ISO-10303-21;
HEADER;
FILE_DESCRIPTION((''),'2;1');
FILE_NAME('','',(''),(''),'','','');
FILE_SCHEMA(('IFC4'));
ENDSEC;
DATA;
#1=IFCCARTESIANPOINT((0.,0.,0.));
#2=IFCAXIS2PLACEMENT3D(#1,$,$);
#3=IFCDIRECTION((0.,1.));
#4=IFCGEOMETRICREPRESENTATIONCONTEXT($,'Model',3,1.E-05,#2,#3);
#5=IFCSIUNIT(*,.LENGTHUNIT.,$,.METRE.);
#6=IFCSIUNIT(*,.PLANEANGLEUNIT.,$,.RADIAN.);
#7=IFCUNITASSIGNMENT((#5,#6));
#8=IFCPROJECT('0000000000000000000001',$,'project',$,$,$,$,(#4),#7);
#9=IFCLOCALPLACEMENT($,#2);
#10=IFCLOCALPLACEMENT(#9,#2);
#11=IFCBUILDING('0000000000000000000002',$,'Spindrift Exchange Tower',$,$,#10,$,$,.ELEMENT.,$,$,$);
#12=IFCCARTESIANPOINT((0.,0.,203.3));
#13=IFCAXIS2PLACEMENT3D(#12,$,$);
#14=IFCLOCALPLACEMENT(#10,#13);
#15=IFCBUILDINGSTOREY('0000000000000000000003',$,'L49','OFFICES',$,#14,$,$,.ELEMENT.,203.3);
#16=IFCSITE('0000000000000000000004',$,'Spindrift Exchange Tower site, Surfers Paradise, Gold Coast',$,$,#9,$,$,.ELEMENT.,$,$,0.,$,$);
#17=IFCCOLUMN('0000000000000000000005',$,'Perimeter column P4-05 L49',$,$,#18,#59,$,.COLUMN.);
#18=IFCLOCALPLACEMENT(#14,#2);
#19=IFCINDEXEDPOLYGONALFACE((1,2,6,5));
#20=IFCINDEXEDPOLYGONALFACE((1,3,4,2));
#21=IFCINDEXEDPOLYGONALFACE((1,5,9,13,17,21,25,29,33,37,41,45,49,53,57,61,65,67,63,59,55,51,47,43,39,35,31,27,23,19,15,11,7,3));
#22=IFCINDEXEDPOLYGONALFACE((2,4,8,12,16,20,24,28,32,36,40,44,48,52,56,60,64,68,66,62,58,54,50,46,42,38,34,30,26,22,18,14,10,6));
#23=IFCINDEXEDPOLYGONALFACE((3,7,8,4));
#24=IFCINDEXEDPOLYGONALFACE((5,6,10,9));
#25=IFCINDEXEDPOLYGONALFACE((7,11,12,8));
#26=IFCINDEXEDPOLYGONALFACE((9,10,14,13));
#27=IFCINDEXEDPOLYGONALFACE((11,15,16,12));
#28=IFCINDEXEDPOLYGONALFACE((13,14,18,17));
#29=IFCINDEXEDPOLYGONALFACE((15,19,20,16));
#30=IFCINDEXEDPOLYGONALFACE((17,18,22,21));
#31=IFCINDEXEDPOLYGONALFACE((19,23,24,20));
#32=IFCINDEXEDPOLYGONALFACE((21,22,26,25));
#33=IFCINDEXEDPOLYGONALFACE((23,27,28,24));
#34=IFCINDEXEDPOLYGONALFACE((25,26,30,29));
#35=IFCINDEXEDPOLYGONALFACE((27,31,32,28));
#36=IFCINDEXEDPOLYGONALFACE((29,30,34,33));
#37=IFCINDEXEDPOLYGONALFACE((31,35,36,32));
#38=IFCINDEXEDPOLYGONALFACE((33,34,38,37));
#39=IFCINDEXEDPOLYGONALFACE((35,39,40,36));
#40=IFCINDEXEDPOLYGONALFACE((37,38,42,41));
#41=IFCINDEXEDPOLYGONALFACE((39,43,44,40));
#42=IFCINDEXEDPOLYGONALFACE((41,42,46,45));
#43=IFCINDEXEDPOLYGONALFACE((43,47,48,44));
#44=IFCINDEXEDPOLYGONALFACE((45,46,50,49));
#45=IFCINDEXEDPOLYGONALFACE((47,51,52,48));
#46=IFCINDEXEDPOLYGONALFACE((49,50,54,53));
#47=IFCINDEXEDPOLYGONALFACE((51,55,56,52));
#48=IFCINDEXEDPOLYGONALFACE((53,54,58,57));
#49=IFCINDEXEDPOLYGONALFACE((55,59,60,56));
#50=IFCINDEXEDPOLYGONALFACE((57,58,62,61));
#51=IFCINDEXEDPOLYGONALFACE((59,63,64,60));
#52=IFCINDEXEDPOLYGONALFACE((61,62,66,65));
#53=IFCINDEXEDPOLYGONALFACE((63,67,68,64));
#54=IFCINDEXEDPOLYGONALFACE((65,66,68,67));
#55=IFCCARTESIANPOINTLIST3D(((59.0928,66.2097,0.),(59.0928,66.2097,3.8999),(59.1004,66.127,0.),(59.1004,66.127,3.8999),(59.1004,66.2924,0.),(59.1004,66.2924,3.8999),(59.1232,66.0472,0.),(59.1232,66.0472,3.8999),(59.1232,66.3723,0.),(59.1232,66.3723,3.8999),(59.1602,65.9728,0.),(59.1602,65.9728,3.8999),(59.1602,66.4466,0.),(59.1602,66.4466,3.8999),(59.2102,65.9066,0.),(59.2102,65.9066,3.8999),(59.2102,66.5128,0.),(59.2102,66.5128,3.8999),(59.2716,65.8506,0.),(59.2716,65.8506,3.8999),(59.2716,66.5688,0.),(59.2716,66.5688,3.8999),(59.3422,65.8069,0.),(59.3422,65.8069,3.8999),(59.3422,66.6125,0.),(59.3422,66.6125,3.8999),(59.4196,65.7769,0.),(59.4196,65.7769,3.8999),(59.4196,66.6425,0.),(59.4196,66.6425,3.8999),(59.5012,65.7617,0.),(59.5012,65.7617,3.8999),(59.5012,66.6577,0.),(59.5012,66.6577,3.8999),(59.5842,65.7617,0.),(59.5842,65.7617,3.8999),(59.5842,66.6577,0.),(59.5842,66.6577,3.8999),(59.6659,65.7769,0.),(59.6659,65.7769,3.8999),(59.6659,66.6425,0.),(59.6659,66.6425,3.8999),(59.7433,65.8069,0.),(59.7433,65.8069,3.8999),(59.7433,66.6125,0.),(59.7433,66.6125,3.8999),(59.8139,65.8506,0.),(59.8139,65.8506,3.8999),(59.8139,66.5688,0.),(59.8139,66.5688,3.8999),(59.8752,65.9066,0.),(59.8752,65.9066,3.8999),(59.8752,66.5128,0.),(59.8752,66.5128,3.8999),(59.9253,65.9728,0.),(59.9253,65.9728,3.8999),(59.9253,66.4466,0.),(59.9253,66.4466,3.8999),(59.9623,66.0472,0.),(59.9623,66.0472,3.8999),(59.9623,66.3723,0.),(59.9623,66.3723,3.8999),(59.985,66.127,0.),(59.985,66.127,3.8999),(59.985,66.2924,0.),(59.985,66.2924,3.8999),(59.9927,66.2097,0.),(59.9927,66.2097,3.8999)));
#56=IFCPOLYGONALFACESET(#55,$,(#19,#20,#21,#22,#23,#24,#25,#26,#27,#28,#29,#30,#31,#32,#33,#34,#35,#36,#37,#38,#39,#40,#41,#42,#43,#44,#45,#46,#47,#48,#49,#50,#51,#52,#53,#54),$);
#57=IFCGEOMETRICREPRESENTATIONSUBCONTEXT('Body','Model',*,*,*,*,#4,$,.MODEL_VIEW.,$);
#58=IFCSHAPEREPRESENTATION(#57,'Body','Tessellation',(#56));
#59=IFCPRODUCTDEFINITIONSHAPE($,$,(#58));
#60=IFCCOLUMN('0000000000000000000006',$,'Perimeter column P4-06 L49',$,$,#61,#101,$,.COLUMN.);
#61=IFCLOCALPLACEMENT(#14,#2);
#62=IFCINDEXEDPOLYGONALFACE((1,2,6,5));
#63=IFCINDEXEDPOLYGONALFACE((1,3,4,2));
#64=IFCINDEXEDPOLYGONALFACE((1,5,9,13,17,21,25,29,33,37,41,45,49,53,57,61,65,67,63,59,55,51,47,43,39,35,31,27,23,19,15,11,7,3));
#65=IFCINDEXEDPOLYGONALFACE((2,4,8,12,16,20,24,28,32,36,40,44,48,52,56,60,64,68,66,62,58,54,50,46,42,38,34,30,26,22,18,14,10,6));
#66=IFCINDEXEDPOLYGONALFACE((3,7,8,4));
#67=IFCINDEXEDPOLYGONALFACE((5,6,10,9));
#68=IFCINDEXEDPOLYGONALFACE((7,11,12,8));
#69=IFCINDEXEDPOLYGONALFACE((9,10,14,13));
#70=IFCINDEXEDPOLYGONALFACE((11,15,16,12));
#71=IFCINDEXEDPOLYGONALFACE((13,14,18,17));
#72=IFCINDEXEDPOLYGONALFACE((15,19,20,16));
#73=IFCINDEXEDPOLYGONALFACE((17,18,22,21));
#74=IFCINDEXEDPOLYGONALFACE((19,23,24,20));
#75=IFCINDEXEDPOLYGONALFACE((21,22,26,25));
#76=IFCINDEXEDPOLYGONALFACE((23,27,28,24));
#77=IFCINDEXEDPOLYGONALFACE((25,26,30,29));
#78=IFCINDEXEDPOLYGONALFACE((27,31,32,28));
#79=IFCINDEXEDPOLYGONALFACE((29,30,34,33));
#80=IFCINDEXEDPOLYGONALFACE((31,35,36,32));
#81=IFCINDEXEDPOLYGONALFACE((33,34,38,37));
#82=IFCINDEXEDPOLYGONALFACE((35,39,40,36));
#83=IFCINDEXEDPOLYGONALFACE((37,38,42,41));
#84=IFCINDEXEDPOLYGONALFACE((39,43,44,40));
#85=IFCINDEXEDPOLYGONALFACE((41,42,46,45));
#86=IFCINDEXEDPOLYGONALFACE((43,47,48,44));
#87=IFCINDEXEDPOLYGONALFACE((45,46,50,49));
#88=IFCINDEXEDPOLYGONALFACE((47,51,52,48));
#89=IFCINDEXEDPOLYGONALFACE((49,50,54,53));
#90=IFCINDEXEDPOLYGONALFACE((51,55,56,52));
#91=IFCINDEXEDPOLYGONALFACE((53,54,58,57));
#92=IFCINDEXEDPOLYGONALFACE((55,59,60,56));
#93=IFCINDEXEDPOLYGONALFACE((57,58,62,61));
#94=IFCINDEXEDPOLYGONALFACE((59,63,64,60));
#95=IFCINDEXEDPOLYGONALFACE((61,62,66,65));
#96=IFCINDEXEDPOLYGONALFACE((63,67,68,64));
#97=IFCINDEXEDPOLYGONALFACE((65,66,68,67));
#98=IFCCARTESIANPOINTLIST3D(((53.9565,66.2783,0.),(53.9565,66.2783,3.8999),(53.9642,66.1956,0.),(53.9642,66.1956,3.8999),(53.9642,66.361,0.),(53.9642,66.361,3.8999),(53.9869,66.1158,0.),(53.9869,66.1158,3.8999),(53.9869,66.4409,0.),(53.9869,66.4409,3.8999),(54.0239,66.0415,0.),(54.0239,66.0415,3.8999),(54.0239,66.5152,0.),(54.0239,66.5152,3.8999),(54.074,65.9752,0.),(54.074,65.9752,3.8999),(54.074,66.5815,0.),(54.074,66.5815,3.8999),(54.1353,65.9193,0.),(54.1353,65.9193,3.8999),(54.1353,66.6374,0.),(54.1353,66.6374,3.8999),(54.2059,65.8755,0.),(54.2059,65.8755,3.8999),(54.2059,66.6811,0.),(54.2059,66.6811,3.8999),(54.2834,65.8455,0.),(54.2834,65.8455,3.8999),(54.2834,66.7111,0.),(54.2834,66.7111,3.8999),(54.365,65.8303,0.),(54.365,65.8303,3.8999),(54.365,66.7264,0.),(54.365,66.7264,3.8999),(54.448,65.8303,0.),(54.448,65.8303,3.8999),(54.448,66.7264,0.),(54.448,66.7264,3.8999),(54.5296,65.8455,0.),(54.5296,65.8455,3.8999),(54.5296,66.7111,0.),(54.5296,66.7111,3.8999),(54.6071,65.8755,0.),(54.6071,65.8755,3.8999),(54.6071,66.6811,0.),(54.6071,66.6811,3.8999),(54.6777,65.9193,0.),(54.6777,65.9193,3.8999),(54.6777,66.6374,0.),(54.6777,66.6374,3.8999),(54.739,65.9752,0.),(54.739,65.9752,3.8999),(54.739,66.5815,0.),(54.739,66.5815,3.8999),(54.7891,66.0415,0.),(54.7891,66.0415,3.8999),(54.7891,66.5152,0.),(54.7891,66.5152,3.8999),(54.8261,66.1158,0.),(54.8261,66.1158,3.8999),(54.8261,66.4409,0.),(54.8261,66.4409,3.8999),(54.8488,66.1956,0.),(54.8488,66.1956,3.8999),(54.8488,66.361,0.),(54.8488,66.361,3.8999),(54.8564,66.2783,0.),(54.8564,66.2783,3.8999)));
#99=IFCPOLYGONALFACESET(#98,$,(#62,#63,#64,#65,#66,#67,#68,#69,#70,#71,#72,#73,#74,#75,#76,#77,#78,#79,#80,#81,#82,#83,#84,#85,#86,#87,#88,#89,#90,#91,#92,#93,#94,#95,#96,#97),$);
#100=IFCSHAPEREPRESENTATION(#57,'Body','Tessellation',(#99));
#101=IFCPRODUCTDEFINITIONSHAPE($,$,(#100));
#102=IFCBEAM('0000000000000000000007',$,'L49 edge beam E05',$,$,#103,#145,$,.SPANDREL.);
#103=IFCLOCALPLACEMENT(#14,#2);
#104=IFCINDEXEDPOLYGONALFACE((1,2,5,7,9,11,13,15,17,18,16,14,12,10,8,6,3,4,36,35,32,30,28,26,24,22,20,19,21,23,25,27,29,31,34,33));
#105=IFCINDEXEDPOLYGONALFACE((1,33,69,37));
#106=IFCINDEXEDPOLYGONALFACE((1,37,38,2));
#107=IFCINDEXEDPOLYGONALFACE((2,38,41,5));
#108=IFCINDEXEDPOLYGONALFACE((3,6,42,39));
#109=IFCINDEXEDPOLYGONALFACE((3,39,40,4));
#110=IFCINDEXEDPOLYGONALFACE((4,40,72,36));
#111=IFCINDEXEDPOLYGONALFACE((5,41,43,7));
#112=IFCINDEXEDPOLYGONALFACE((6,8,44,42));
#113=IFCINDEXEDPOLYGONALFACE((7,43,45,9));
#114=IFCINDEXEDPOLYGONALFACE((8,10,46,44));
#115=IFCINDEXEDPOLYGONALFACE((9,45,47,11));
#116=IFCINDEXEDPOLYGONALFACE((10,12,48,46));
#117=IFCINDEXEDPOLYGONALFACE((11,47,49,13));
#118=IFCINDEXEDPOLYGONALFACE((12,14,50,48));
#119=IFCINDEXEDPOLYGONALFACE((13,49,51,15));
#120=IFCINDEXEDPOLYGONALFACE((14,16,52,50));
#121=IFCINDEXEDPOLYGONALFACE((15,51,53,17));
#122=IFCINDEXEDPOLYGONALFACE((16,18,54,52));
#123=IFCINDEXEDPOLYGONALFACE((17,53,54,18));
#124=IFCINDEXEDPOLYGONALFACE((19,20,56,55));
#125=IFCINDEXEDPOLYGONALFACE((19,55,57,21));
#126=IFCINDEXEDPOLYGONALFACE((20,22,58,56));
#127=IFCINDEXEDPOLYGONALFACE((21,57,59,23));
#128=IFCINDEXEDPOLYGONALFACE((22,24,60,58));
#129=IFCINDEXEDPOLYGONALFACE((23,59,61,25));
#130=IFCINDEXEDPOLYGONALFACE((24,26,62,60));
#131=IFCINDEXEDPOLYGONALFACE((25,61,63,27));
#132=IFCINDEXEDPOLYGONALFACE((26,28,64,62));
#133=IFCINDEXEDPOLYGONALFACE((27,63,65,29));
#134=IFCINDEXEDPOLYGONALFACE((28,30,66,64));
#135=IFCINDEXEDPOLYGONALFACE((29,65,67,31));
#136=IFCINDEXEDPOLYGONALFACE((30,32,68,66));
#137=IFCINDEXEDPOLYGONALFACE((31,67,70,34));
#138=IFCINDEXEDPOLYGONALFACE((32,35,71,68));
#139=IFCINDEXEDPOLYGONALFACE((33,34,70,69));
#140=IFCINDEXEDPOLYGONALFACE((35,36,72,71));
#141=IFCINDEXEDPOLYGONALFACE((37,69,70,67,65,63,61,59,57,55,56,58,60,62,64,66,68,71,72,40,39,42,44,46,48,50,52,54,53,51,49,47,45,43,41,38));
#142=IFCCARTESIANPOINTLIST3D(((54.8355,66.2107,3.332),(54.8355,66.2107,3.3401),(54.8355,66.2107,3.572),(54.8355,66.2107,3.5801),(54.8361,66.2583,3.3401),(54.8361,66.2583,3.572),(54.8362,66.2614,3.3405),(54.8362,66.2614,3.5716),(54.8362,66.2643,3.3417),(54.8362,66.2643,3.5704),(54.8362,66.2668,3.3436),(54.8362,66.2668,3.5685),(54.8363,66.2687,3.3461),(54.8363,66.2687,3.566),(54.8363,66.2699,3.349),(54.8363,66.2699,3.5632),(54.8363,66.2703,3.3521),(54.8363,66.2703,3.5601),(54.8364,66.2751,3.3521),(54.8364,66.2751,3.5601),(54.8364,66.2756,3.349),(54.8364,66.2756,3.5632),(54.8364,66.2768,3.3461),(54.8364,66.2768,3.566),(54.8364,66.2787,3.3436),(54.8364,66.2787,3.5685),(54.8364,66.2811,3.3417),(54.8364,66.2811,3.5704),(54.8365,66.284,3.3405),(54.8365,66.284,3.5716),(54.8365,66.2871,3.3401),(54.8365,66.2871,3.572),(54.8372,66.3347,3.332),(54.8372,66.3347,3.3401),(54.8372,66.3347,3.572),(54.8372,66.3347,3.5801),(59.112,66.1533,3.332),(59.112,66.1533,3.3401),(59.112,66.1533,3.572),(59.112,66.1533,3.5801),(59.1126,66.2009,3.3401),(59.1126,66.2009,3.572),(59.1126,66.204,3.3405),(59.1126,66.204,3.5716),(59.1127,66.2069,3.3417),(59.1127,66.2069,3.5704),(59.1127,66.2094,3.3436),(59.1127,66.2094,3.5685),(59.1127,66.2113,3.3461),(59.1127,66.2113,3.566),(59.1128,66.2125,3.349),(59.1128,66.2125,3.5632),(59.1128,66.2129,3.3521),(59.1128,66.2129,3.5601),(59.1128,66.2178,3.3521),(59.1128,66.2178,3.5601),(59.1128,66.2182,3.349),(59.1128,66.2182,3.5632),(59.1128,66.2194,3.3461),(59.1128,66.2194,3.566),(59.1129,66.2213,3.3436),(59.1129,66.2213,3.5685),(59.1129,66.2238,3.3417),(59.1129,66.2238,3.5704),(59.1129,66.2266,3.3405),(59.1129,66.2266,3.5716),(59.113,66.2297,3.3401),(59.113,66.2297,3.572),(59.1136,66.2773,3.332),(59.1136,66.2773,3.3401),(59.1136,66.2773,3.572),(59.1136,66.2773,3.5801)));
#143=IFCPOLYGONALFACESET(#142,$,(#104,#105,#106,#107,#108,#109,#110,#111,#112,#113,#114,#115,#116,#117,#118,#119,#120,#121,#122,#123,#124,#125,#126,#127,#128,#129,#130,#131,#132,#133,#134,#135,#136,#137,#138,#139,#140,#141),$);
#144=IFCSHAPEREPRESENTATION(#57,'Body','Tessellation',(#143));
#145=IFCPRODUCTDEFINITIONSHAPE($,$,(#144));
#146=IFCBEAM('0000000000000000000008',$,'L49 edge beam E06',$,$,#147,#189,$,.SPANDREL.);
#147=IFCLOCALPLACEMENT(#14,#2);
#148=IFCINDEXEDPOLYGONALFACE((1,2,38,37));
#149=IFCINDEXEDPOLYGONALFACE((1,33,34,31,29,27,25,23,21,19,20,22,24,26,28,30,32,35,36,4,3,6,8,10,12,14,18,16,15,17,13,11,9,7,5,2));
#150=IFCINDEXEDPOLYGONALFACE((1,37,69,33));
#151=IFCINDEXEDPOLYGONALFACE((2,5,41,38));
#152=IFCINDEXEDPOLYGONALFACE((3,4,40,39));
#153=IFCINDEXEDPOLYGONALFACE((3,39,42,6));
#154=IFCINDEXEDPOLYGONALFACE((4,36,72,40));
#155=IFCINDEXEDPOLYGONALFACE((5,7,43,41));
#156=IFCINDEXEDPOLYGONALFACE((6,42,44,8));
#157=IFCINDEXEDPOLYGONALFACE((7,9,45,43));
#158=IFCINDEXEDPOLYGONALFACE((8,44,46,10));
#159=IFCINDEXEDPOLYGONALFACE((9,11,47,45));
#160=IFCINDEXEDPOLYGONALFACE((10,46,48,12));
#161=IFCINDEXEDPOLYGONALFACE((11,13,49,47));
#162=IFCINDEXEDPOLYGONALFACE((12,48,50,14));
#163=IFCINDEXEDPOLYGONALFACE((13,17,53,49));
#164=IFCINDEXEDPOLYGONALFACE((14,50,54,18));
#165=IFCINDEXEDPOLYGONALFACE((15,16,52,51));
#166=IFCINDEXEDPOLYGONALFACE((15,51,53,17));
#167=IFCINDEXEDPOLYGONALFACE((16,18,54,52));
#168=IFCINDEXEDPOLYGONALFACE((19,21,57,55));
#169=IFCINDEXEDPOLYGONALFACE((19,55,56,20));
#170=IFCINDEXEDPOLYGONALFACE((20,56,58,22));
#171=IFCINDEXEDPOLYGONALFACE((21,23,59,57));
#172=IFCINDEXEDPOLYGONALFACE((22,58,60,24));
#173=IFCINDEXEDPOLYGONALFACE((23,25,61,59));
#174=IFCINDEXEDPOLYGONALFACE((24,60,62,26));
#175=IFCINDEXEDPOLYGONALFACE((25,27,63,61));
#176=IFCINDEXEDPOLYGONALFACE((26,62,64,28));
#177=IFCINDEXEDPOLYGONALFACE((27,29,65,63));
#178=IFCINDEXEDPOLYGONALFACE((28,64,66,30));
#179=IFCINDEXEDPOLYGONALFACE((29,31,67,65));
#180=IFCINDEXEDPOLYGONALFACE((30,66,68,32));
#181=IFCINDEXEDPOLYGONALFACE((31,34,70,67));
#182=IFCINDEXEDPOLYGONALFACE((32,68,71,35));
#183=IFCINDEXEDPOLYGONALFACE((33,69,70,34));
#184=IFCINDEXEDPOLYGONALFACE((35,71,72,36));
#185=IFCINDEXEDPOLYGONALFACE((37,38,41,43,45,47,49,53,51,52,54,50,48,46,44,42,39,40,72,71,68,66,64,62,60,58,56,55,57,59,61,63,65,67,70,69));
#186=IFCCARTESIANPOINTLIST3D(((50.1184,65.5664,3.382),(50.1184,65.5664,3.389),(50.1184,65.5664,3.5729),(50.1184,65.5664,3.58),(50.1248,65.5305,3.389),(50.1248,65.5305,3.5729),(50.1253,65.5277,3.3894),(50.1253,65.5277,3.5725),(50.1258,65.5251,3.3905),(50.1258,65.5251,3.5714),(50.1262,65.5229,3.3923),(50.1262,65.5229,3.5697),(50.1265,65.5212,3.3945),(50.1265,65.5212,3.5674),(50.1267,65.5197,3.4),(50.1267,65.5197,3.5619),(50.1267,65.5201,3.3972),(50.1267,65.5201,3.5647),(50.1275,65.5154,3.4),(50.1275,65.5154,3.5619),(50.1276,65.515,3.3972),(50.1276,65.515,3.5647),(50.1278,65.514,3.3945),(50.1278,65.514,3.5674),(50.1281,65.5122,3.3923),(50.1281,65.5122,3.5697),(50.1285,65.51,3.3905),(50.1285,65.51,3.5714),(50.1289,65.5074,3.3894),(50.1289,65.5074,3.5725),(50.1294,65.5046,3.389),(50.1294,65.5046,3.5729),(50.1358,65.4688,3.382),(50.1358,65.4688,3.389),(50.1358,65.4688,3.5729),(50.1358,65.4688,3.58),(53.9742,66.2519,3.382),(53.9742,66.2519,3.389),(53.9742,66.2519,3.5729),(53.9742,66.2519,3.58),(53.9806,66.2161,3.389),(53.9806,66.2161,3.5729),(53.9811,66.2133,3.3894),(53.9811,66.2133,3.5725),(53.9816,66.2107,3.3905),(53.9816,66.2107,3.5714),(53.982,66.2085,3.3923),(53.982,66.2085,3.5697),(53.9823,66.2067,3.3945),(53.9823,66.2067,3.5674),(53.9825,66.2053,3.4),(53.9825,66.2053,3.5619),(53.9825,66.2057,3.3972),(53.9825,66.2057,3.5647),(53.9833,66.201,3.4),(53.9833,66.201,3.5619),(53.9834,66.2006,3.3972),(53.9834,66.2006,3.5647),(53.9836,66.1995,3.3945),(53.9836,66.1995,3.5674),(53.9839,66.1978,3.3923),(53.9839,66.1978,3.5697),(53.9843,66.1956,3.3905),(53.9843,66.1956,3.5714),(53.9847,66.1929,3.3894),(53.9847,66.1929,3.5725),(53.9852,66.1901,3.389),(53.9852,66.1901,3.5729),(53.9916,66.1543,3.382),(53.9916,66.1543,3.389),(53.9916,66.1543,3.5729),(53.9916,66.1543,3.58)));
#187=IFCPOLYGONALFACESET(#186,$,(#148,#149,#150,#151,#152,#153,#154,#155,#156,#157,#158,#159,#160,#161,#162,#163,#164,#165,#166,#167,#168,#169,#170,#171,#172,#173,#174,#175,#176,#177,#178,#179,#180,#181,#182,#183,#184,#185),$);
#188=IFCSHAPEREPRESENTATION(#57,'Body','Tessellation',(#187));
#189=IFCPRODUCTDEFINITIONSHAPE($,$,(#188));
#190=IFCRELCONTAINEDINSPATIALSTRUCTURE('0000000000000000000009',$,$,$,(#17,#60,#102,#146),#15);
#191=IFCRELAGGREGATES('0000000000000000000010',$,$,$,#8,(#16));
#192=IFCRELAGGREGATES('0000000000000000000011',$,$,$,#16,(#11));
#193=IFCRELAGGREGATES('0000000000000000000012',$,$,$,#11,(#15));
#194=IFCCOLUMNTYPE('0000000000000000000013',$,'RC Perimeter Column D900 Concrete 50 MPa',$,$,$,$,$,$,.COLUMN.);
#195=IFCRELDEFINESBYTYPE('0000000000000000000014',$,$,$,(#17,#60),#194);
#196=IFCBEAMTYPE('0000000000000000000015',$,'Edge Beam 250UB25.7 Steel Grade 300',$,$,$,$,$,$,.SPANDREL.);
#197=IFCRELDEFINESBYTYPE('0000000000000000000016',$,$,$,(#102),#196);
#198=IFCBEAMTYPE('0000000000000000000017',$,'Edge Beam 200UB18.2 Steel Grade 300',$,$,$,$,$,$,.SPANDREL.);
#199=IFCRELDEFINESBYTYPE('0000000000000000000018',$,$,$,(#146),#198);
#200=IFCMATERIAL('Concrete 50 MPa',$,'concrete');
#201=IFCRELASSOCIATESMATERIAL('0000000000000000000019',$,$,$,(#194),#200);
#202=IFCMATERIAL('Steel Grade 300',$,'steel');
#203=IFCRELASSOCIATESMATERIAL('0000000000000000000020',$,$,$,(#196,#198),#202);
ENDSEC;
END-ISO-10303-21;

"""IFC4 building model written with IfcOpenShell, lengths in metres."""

from ifc_helpers import new_model, si_unit, direction, frame, origin, origin_2d, place, context, subcontext, project, spatial, circle, i_section, extrude, source, transform, mapped, material, material_profile, profile_set, type_object, element, save


model = new_model("IFC4")

# Units and contexts
model_context = context("Model", 3, precision=1e-05, world=origin(), true_north=direction((0.0, 1.0)))
body_context = subcontext(model_context, "Body", "Model", "MODEL_VIEW")
ifc_project = project(units=[si_unit("LENGTHUNIT", "METRE"), si_unit("PLANEANGLEUNIT", "RADIAN")], contexts=[model_context])

# Site, building, storey
site_placement = place(None, origin())
site = spatial("IfcSite", under=ifc_project, at=site_placement, Name="Spindrift Exchange Tower site, Surfers Paradise, Gold Coast", CompositionType="ELEMENT", RefElevation=0.0)
building_placement = place(site_placement, origin())
building = spatial("IfcBuilding", under=site, at=building_placement, Name="Spindrift Exchange Tower", CompositionType="ELEMENT")
storey_placement = place(building_placement, frame((0.0, 0.0, 203.3)))
storey = spatial("IfcBuildingStorey", under=building, at=storey_placement, Name="L49", Description="OFFICES", CompositionType="ELEMENT", Elevation=203.3)

# Columns
ifc_material_1 = material(Name="Concrete 50 MPa", Category="concrete")
ifc_material_profile_1 = material_profile(ifc_material_1, circle(Radius=0.45, at=origin_2d()), Name="RC D900")
ifc_profile_set_1 = profile_set([ifc_material_profile_1], Name="Concrete 50 MPa")
column_type = type_object("IfcColumnType", Name="RC Perimeter Column D900 Concrete 50 MPa", PredefinedType="COLUMN", material=ifc_profile_set_1)
shared_shape_1 = source(origin(), body_context, "Body", "SweptSolid", [
    extrude(circle(Radius=0.45, at=origin_2d()), origin(), (0.0, 0.0, 1.0), 3.8999),
])
for number, where, z_axis, x_axis, name in (
    (1, (59.5427, 66.2097, 0.0), (0.0, 0.0, 1.0), (1.0, 0.0, 0.0), "Perimeter column P4-05 L49"),
    (2, (54.4065, 66.2783, 0.0), (0.0, 0.0, 1.0), (1.0, 0.0, 0.0), "Perimeter column P4-06 L49"),
):
    element("IfcColumn", number, at=place(storey_placement, frame(where, z_axis=z_axis, x_axis=x_axis)), inside=storey, type_object=column_type, Name=name, PredefinedType="COLUMN", context=body_context, shape_type="MappedRepresentation", body=[
        mapped(shared_shape_1, transform((0.0, 0.0, 0.0), scale=1.0)),
    ])

# Beams
ifc_material_2 = material(Name="Steel Grade 300", Category="steel")
ifc_material_profile_2 = material_profile(ifc_material_2, i_section(OverallWidth=0.124, OverallDepth=0.248, WebThickness=0.0049, FlangeThickness=0.0081, FilletRadius=0.012, at=origin_2d()), Name="250UB25.7")
ifc_profile_set_2 = profile_set([ifc_material_profile_2], Name="Steel Grade 300")
beam_type_1 = type_object("IfcBeamType", Name="Edge Beam 250UB25.7 Steel Grade 300", PredefinedType="SPANDREL", material=ifc_profile_set_2)
shared_shape_2 = source(origin(), body_context, "Body", "SweptSolid", [
    extrude(i_section(OverallWidth=0.124, OverallDepth=0.248, WebThickness=0.0049, FlangeThickness=0.0081, FilletRadius=0.012, at=origin_2d()), origin(), (0.0, 0.0, 1.0), 4.2769),
])
beam_1_placement = place(storey_placement, frame((59.1128, 66.2153, 3.4561), z_axis=(-0.99991, 0.013415, 0.0), x_axis=(-0.013415, -0.99991, 0.0)))
element("IfcBeam", 3, at=beam_1_placement, inside=storey, type_object=beam_type_1, Name="L49 edge beam E05", PredefinedType="SPANDREL", context=body_context, shape_type="MappedRepresentation", body=[
    mapped(shared_shape_2, transform((0.0, 0.0, 0.0), scale=1.0)),
])
ifc_material_profile_3 = material_profile(ifc_material_2, i_section(OverallWidth=0.0991, OverallDepth=0.198, WebThickness=0.0044, FlangeThickness=0.0071, FilletRadius=0.011, at=origin_2d()), Name="200UB18.2")
ifc_profile_set_3 = profile_set([ifc_material_profile_3], Name="Steel Grade 300")
beam_type_2 = type_object("IfcBeamType", Name="Edge Beam 200UB18.2 Steel Grade 300", PredefinedType="SPANDREL", material=ifc_profile_set_3)
shared_shape_3 = source(origin(), body_context, "Body", "SweptSolid", [
    extrude(i_section(OverallWidth=0.0991, OverallDepth=0.198, WebThickness=0.0044, FlangeThickness=0.0071, FilletRadius=0.011, at=origin_2d()), origin(), (0.0, 0.0, 1.0), 3.9163),
])
beam_2_placement = place(storey_placement, frame((53.9829, 66.2031, 3.481), z_axis=(-0.984559, -0.175055, 0.0), x_axis=(0.175055, -0.984559, 0.0)))
element("IfcBeam", 4, at=beam_2_placement, inside=storey, type_object=beam_type_2, Name="L49 edge beam E06", PredefinedType="SPANDREL", context=body_context, shape_type="MappedRepresentation", body=[
    mapped(shared_shape_3, transform((0.0, 0.0, 0.0), scale=1.0)),
])

save(model, "model.ifc")
